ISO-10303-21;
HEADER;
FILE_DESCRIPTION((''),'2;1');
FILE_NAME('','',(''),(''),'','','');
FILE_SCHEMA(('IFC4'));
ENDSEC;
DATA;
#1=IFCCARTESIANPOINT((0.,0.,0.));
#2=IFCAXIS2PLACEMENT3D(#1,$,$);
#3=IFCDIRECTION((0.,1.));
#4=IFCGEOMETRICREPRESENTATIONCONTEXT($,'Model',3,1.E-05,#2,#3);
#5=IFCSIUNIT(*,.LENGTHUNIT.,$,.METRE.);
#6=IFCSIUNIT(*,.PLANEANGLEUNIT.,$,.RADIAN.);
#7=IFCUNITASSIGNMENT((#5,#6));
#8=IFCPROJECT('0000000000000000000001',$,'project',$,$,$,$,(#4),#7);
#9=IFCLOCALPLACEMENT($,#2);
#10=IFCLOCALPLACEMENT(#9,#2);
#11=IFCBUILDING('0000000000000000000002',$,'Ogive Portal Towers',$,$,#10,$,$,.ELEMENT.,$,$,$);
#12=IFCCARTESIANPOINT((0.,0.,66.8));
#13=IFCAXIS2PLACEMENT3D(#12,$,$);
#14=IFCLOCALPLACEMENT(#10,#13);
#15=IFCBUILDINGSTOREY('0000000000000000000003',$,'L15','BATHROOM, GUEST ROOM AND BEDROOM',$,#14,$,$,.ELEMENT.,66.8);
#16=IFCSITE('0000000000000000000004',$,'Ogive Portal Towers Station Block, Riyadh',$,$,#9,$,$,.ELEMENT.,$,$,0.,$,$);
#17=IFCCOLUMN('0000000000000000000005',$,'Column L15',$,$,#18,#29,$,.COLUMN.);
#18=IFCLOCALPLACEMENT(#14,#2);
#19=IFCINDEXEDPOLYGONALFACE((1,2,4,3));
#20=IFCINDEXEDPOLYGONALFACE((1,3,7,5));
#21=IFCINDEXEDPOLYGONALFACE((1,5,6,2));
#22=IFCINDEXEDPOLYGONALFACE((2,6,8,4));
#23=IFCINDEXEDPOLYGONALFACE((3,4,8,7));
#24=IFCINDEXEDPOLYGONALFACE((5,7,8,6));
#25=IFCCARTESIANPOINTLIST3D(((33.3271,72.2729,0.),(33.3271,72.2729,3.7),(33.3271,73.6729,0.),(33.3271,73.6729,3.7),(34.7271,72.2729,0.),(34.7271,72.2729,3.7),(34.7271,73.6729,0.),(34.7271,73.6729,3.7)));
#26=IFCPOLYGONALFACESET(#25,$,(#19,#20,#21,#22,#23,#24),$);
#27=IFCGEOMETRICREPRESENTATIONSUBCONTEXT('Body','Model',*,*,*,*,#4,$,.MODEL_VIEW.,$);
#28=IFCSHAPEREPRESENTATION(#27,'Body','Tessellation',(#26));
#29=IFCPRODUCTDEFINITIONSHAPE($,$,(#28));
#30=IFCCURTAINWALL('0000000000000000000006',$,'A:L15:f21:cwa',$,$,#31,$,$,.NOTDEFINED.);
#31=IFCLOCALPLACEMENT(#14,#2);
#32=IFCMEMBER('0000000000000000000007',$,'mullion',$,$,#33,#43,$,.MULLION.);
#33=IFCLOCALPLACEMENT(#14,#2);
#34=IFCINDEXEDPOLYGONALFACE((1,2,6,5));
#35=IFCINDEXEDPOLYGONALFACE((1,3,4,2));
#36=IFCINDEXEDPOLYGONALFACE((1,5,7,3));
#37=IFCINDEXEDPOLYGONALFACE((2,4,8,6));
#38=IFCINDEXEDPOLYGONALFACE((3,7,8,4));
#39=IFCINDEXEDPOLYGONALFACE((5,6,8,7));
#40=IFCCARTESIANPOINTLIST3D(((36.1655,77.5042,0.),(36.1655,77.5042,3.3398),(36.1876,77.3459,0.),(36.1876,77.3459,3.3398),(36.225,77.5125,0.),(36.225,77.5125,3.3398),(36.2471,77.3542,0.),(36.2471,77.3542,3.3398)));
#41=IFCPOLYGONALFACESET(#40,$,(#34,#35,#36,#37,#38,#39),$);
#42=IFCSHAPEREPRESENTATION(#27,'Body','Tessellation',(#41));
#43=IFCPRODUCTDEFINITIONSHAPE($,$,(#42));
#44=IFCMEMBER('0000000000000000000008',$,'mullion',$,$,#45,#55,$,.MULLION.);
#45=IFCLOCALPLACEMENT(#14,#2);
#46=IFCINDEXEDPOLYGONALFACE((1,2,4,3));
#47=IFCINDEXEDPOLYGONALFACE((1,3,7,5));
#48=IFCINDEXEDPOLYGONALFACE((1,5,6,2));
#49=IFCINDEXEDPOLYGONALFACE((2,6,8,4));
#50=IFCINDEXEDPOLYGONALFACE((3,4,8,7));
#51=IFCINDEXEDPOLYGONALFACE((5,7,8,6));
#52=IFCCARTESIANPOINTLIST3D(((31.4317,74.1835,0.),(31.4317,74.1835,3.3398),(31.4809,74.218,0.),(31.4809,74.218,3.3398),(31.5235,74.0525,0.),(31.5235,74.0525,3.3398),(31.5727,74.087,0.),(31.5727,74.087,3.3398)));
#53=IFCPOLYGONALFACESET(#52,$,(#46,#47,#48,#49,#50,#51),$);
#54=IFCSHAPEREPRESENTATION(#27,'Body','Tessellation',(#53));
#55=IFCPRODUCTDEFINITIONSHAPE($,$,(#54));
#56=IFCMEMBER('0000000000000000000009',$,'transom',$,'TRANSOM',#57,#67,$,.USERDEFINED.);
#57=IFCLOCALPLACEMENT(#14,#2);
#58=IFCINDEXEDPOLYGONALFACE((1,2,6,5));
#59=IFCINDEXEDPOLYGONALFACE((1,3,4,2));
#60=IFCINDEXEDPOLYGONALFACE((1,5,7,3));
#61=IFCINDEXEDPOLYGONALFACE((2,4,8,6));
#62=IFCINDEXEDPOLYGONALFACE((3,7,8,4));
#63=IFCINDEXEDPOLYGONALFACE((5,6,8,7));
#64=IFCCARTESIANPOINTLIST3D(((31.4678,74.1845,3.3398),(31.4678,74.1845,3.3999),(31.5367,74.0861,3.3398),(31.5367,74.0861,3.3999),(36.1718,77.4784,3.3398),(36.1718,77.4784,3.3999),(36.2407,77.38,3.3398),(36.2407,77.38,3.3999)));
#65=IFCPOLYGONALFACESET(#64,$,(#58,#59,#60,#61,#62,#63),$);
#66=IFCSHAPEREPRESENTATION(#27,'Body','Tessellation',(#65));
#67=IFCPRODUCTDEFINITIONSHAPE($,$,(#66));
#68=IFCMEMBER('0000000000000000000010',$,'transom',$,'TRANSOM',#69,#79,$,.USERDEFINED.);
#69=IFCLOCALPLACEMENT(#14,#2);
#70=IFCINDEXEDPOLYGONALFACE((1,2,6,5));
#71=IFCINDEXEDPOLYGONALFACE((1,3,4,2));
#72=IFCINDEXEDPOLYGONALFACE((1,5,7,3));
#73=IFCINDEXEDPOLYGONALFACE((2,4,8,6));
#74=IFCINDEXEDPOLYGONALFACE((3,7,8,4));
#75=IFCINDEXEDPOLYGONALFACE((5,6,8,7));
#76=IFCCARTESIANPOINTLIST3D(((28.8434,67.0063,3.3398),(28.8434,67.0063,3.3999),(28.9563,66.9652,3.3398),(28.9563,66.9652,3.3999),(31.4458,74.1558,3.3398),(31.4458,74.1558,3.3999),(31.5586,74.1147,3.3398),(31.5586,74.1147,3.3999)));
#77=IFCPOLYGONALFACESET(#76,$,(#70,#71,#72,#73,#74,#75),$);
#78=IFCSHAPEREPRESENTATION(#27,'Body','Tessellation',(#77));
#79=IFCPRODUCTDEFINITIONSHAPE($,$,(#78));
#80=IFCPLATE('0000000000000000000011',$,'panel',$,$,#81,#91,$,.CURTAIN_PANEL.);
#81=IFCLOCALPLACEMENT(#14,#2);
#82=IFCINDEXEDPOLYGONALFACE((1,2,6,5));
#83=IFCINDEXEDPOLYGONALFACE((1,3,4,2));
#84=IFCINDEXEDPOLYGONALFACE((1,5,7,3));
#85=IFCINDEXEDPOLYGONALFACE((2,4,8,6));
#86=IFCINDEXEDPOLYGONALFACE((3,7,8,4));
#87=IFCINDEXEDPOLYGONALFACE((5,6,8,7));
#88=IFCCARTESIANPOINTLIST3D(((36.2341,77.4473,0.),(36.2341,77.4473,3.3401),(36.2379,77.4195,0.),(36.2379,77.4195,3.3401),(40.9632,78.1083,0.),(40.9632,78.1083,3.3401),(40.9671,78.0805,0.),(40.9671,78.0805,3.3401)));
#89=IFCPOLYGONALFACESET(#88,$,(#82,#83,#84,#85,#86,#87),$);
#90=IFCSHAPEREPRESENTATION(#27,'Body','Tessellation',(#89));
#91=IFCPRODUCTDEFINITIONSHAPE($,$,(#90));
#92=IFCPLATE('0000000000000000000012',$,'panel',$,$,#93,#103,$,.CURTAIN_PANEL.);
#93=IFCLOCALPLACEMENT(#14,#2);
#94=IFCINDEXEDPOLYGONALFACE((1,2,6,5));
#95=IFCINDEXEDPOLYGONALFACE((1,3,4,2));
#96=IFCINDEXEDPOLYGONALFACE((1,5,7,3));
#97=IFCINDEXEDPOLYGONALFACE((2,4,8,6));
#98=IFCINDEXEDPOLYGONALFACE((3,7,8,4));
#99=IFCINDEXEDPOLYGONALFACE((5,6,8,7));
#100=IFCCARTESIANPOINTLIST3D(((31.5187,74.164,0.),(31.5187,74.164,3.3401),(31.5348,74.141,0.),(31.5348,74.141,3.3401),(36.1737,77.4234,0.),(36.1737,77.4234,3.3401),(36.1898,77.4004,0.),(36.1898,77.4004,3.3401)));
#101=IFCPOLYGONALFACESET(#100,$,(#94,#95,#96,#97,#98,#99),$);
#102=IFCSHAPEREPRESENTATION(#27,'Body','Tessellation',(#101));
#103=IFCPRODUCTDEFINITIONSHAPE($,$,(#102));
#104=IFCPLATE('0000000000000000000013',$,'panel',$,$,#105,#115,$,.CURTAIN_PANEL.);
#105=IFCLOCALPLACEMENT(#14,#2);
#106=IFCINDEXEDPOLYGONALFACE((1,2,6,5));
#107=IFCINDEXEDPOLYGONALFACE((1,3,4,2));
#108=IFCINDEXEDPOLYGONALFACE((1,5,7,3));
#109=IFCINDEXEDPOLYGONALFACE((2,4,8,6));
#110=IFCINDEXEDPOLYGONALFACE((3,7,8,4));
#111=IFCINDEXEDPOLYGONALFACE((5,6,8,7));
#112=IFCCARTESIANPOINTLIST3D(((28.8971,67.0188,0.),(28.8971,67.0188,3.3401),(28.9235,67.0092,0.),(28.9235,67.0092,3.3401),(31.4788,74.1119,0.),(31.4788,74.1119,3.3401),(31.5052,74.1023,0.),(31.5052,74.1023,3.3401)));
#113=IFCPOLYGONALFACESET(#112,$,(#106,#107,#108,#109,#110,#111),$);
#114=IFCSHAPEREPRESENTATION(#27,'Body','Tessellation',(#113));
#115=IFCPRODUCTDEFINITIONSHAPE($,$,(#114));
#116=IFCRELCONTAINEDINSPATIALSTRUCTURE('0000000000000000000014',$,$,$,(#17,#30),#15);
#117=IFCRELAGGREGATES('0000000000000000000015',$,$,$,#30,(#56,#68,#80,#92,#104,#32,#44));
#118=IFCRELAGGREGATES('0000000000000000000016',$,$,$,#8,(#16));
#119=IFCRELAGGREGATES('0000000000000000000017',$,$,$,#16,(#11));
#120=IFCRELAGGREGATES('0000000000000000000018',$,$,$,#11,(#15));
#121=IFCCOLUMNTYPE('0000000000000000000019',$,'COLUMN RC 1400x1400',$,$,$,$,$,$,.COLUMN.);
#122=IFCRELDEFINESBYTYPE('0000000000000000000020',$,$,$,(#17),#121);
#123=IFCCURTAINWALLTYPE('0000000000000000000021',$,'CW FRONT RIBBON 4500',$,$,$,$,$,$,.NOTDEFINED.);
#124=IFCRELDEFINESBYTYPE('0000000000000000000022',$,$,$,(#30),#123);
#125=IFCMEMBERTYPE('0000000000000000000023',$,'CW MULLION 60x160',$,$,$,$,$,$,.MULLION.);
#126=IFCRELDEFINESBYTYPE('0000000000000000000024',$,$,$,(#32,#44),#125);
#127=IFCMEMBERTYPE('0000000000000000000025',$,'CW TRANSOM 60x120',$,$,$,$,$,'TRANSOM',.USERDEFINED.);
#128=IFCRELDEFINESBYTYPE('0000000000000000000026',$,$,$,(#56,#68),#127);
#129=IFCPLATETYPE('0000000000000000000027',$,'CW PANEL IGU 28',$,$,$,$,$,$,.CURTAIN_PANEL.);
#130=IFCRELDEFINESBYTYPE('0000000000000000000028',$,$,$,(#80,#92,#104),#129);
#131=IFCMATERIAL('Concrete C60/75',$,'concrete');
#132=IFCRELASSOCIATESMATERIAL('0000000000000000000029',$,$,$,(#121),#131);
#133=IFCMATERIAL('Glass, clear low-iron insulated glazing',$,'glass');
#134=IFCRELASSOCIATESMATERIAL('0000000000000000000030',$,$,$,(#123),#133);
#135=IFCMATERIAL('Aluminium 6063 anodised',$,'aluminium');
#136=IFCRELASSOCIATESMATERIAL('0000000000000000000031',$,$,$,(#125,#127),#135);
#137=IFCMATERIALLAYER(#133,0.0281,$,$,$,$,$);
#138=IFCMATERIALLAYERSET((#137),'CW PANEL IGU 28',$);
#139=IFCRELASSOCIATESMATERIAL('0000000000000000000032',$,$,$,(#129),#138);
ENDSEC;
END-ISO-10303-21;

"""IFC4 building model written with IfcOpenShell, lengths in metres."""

from ifc_helpers import new_model, si_unit, direction, frame, origin, origin_2d, place, context, subcontext, project, spatial, rectangle, extrude, material, layer, layer_set, material_profile, profile_set, type_object, element, aggregate, save


model = new_model("IFC4")

# Units and contexts
model_context = context("Model", 3, precision=1e-05, world=origin(), true_north=direction((0.0, 1.0)))
body_context = subcontext(model_context, "Body", "Model", "MODEL_VIEW")
ifc_project = project(units=[si_unit("LENGTHUNIT", "METRE"), si_unit("PLANEANGLEUNIT", "RADIAN")], contexts=[model_context])

# Site, building, storey
site_placement = place(None, origin())
site = spatial("IfcSite", under=ifc_project, at=site_placement, Name="Ogive Portal Towers Station Block, Riyadh", CompositionType="ELEMENT", RefElevation=0.0)
building_placement = place(site_placement, origin())
building = spatial("IfcBuilding", under=site, at=building_placement, Name="Ogive Portal Towers", CompositionType="ELEMENT")
storey_placement = place(building_placement, frame((0.0, 0.0, 66.8)))
storey = spatial("IfcBuildingStorey", under=building, at=storey_placement, Name="L15", Description="BATHROOM, GUEST ROOM AND BEDROOM", CompositionType="ELEMENT", Elevation=66.8)

# Column
ifc_material_1 = material(Name="Concrete C60/75", Category="concrete")
ifc_material_profile_1 = material_profile(ifc_material_1, rectangle(XDim=1.3999, YDim=1.3999, at=origin_2d()), Name="RC 1400x1400")
ifc_profile_set_1 = profile_set([ifc_material_profile_1], Name="Concrete C60/75")
column_type = type_object("IfcColumnType", Name="COLUMN RC 1400x1400", PredefinedType="COLUMN", material=ifc_profile_set_1)
column_placement = place(storey_placement, frame((34.0271, 72.9729, 0.0), z_axis=(0.0, 0.0, 1.0), x_axis=(1.0, 0.0, 0.0)))
element("IfcColumn", 1, at=column_placement, inside=storey, type_object=column_type, Name="Column L15", PredefinedType="COLUMN", context=body_context, shape_type="SweptSolid", body=[
    extrude(rectangle(XDim=1.3999, YDim=1.3999, at=origin_2d()), origin(), (0.0, 0.0, 1.0), 3.7),
])

# Curtain wall, members, plates
ifc_material_2 = material(Name="Glass, clear low-iron insulated glazing", Category="glass")
curtain_wall_type = type_object("IfcCurtainWallType", Name="CW FRONT RIBBON 4500", PredefinedType="NOTDEFINED", material=ifc_material_2)
curtain_wall_placement = place(storey_placement, origin())
curtain_wall = element("IfcCurtainWall", 2, at=curtain_wall_placement, inside=storey, type_object=curtain_wall_type, Name="A:L15:f21:cwa", PredefinedType="NOTDEFINED")
ifc_material_3 = material(Name="Aluminium 6063 anodised", Category="aluminium")
ifc_material_profile_2 = material_profile(ifc_material_3, rectangle(XDim=0.1599, YDim=0.0601, at=origin_2d()), Name="AL 60x160")
ifc_profile_set_2 = profile_set([ifc_material_profile_2], Name="Aluminium 6063 anodised")
member_type_1 = type_object("IfcMemberType", Name="CW MULLION 60x160", PredefinedType="MULLION", material=ifc_profile_set_2)
member_1_placement = place(storey_placement, frame((36.2063, 77.4292, 0.0), z_axis=(0.0, 0.0, 1.0), x_axis=(0.138428, -0.990373, 0.0)))
member_1 = element("IfcMember", 3, at=member_1_placement, type_object=member_type_1, Name="mullion", PredefinedType="MULLION", context=body_context, shape_type="SweptSolid", body=[
    extrude(rectangle(XDim=0.1599, YDim=0.0601, at=origin_2d()), origin(), (0.0, 0.0, 1.0), 3.3398),
])
member_2_placement = place(storey_placement, frame((31.5022, 74.1353, 0.0), z_axis=(0.0, 0.0, 1.0), x_axis=(0.573576, -0.819152, 0.0)))
member_2 = element("IfcMember", 4, at=member_2_placement, type_object=member_type_1, Name="mullion", PredefinedType="MULLION", context=body_context, shape_type="SweptSolid", body=[
    extrude(rectangle(XDim=0.1599, YDim=0.0601, at=origin_2d()), origin(), (0.0, 0.0, 1.0), 3.3398),
])
ifc_material_profile_3 = material_profile(ifc_material_3, rectangle(XDim=0.1201, YDim=0.0601, at=origin_2d()), Name="AL 120x60")
ifc_profile_set_3 = profile_set([ifc_material_profile_3], Name="Aluminium 6063 anodised")
member_type_2 = type_object("IfcMemberType", Name="CW TRANSOM 60x120", ElementType="TRANSOM", PredefinedType="USERDEFINED", material=ifc_profile_set_3)
member_3_placement = place(storey_placement, frame((36.2063, 77.4292, 3.3699), z_axis=(-0.819144, -0.573588, 0.0), x_axis=(0.573588, -0.819144, 0.0)))
member_3 = element("IfcMember", 5, at=member_3_placement, type_object=member_type_2, Name="transom", ObjectType="TRANSOM", PredefinedType="USERDEFINED", context=body_context, shape_type="SweptSolid", body=[
    extrude(rectangle(XDim=0.1201, YDim=0.0601, at=origin_2d()), origin(), (0.0, 0.0, 1.0), 5.7427),
])
member_4_placement = place(storey_placement, frame((31.5022, 74.1353, 3.3699), z_axis=(-0.342034, -0.939688, 0.0), x_axis=(0.939688, -0.342034, 0.0)))
member_4 = element("IfcMember", 6, at=member_4_placement, type_object=member_type_2, Name="transom", ObjectType="TRANSOM", PredefinedType="USERDEFINED", context=body_context, shape_type="SweptSolid", body=[
    extrude(rectangle(XDim=0.1201, YDim=0.0601, at=origin_2d()), origin(), (0.0, 0.0, 1.0), 7.6084),
])
ifc_layer_1 = layer(ifc_material_2, 0.0281)
ifc_layer_set_1 = layer_set([ifc_layer_1], Name="CW PANEL IGU 28")
plate_type = type_object("IfcPlateType", Name="CW PANEL IGU 28", PredefinedType="CURTAIN_PANEL", material=ifc_layer_set_1)
plate_1_placement = place(storey_placement, frame((38.6006, 77.7639, 0.0), z_axis=(0.0, 0.0, 1.0), x_axis=(-0.990373, -0.138428, 0.0)))
plate_1 = element("IfcPlate", 7, at=plate_1_placement, type_object=plate_type, Name="panel", PredefinedType="CURTAIN_PANEL", context=body_context, shape_type="SweptSolid", body=[
    extrude(rectangle(XDim=4.7751, YDim=0.0281, at=origin_2d()), origin(), (0.0, 0.0, 1.0), 3.3401),
])
plate_2_placement = place(storey_placement, frame((33.8542, 75.7822, 0.0), z_axis=(0.0, 0.0, 1.0), x_axis=(-0.819152, -0.573576, 0.0)))
plate_2 = element("IfcPlate", 8, at=plate_2_placement, type_object=plate_type, Name="panel", PredefinedType="CURTAIN_PANEL", context=body_context, shape_type="SweptSolid", body=[
    extrude(rectangle(XDim=5.6826, YDim=0.0281, at=origin_2d()), origin(), (0.0, 0.0, 1.0), 3.3401),
])
plate_3_placement = place(storey_placement, frame((30.2012, 70.5605, 0.0), z_axis=(0.0, 0.0, 1.0), x_axis=(-0.34202, -0.939693, 0.0)))
plate_3 = element("IfcPlate", 9, at=plate_3_placement, type_object=plate_type, Name="panel", PredefinedType="CURTAIN_PANEL", context=body_context, shape_type="SweptSolid", body=[
    extrude(rectangle(XDim=7.5483, YDim=0.0281, at=origin_2d()), origin(), (0.0, 0.0, 1.0), 3.3401),
])
aggregate(curtain_wall, [member_3, member_4, plate_1, plate_2, plate_3, member_1, member_2])

save(model, "model.ifc")
